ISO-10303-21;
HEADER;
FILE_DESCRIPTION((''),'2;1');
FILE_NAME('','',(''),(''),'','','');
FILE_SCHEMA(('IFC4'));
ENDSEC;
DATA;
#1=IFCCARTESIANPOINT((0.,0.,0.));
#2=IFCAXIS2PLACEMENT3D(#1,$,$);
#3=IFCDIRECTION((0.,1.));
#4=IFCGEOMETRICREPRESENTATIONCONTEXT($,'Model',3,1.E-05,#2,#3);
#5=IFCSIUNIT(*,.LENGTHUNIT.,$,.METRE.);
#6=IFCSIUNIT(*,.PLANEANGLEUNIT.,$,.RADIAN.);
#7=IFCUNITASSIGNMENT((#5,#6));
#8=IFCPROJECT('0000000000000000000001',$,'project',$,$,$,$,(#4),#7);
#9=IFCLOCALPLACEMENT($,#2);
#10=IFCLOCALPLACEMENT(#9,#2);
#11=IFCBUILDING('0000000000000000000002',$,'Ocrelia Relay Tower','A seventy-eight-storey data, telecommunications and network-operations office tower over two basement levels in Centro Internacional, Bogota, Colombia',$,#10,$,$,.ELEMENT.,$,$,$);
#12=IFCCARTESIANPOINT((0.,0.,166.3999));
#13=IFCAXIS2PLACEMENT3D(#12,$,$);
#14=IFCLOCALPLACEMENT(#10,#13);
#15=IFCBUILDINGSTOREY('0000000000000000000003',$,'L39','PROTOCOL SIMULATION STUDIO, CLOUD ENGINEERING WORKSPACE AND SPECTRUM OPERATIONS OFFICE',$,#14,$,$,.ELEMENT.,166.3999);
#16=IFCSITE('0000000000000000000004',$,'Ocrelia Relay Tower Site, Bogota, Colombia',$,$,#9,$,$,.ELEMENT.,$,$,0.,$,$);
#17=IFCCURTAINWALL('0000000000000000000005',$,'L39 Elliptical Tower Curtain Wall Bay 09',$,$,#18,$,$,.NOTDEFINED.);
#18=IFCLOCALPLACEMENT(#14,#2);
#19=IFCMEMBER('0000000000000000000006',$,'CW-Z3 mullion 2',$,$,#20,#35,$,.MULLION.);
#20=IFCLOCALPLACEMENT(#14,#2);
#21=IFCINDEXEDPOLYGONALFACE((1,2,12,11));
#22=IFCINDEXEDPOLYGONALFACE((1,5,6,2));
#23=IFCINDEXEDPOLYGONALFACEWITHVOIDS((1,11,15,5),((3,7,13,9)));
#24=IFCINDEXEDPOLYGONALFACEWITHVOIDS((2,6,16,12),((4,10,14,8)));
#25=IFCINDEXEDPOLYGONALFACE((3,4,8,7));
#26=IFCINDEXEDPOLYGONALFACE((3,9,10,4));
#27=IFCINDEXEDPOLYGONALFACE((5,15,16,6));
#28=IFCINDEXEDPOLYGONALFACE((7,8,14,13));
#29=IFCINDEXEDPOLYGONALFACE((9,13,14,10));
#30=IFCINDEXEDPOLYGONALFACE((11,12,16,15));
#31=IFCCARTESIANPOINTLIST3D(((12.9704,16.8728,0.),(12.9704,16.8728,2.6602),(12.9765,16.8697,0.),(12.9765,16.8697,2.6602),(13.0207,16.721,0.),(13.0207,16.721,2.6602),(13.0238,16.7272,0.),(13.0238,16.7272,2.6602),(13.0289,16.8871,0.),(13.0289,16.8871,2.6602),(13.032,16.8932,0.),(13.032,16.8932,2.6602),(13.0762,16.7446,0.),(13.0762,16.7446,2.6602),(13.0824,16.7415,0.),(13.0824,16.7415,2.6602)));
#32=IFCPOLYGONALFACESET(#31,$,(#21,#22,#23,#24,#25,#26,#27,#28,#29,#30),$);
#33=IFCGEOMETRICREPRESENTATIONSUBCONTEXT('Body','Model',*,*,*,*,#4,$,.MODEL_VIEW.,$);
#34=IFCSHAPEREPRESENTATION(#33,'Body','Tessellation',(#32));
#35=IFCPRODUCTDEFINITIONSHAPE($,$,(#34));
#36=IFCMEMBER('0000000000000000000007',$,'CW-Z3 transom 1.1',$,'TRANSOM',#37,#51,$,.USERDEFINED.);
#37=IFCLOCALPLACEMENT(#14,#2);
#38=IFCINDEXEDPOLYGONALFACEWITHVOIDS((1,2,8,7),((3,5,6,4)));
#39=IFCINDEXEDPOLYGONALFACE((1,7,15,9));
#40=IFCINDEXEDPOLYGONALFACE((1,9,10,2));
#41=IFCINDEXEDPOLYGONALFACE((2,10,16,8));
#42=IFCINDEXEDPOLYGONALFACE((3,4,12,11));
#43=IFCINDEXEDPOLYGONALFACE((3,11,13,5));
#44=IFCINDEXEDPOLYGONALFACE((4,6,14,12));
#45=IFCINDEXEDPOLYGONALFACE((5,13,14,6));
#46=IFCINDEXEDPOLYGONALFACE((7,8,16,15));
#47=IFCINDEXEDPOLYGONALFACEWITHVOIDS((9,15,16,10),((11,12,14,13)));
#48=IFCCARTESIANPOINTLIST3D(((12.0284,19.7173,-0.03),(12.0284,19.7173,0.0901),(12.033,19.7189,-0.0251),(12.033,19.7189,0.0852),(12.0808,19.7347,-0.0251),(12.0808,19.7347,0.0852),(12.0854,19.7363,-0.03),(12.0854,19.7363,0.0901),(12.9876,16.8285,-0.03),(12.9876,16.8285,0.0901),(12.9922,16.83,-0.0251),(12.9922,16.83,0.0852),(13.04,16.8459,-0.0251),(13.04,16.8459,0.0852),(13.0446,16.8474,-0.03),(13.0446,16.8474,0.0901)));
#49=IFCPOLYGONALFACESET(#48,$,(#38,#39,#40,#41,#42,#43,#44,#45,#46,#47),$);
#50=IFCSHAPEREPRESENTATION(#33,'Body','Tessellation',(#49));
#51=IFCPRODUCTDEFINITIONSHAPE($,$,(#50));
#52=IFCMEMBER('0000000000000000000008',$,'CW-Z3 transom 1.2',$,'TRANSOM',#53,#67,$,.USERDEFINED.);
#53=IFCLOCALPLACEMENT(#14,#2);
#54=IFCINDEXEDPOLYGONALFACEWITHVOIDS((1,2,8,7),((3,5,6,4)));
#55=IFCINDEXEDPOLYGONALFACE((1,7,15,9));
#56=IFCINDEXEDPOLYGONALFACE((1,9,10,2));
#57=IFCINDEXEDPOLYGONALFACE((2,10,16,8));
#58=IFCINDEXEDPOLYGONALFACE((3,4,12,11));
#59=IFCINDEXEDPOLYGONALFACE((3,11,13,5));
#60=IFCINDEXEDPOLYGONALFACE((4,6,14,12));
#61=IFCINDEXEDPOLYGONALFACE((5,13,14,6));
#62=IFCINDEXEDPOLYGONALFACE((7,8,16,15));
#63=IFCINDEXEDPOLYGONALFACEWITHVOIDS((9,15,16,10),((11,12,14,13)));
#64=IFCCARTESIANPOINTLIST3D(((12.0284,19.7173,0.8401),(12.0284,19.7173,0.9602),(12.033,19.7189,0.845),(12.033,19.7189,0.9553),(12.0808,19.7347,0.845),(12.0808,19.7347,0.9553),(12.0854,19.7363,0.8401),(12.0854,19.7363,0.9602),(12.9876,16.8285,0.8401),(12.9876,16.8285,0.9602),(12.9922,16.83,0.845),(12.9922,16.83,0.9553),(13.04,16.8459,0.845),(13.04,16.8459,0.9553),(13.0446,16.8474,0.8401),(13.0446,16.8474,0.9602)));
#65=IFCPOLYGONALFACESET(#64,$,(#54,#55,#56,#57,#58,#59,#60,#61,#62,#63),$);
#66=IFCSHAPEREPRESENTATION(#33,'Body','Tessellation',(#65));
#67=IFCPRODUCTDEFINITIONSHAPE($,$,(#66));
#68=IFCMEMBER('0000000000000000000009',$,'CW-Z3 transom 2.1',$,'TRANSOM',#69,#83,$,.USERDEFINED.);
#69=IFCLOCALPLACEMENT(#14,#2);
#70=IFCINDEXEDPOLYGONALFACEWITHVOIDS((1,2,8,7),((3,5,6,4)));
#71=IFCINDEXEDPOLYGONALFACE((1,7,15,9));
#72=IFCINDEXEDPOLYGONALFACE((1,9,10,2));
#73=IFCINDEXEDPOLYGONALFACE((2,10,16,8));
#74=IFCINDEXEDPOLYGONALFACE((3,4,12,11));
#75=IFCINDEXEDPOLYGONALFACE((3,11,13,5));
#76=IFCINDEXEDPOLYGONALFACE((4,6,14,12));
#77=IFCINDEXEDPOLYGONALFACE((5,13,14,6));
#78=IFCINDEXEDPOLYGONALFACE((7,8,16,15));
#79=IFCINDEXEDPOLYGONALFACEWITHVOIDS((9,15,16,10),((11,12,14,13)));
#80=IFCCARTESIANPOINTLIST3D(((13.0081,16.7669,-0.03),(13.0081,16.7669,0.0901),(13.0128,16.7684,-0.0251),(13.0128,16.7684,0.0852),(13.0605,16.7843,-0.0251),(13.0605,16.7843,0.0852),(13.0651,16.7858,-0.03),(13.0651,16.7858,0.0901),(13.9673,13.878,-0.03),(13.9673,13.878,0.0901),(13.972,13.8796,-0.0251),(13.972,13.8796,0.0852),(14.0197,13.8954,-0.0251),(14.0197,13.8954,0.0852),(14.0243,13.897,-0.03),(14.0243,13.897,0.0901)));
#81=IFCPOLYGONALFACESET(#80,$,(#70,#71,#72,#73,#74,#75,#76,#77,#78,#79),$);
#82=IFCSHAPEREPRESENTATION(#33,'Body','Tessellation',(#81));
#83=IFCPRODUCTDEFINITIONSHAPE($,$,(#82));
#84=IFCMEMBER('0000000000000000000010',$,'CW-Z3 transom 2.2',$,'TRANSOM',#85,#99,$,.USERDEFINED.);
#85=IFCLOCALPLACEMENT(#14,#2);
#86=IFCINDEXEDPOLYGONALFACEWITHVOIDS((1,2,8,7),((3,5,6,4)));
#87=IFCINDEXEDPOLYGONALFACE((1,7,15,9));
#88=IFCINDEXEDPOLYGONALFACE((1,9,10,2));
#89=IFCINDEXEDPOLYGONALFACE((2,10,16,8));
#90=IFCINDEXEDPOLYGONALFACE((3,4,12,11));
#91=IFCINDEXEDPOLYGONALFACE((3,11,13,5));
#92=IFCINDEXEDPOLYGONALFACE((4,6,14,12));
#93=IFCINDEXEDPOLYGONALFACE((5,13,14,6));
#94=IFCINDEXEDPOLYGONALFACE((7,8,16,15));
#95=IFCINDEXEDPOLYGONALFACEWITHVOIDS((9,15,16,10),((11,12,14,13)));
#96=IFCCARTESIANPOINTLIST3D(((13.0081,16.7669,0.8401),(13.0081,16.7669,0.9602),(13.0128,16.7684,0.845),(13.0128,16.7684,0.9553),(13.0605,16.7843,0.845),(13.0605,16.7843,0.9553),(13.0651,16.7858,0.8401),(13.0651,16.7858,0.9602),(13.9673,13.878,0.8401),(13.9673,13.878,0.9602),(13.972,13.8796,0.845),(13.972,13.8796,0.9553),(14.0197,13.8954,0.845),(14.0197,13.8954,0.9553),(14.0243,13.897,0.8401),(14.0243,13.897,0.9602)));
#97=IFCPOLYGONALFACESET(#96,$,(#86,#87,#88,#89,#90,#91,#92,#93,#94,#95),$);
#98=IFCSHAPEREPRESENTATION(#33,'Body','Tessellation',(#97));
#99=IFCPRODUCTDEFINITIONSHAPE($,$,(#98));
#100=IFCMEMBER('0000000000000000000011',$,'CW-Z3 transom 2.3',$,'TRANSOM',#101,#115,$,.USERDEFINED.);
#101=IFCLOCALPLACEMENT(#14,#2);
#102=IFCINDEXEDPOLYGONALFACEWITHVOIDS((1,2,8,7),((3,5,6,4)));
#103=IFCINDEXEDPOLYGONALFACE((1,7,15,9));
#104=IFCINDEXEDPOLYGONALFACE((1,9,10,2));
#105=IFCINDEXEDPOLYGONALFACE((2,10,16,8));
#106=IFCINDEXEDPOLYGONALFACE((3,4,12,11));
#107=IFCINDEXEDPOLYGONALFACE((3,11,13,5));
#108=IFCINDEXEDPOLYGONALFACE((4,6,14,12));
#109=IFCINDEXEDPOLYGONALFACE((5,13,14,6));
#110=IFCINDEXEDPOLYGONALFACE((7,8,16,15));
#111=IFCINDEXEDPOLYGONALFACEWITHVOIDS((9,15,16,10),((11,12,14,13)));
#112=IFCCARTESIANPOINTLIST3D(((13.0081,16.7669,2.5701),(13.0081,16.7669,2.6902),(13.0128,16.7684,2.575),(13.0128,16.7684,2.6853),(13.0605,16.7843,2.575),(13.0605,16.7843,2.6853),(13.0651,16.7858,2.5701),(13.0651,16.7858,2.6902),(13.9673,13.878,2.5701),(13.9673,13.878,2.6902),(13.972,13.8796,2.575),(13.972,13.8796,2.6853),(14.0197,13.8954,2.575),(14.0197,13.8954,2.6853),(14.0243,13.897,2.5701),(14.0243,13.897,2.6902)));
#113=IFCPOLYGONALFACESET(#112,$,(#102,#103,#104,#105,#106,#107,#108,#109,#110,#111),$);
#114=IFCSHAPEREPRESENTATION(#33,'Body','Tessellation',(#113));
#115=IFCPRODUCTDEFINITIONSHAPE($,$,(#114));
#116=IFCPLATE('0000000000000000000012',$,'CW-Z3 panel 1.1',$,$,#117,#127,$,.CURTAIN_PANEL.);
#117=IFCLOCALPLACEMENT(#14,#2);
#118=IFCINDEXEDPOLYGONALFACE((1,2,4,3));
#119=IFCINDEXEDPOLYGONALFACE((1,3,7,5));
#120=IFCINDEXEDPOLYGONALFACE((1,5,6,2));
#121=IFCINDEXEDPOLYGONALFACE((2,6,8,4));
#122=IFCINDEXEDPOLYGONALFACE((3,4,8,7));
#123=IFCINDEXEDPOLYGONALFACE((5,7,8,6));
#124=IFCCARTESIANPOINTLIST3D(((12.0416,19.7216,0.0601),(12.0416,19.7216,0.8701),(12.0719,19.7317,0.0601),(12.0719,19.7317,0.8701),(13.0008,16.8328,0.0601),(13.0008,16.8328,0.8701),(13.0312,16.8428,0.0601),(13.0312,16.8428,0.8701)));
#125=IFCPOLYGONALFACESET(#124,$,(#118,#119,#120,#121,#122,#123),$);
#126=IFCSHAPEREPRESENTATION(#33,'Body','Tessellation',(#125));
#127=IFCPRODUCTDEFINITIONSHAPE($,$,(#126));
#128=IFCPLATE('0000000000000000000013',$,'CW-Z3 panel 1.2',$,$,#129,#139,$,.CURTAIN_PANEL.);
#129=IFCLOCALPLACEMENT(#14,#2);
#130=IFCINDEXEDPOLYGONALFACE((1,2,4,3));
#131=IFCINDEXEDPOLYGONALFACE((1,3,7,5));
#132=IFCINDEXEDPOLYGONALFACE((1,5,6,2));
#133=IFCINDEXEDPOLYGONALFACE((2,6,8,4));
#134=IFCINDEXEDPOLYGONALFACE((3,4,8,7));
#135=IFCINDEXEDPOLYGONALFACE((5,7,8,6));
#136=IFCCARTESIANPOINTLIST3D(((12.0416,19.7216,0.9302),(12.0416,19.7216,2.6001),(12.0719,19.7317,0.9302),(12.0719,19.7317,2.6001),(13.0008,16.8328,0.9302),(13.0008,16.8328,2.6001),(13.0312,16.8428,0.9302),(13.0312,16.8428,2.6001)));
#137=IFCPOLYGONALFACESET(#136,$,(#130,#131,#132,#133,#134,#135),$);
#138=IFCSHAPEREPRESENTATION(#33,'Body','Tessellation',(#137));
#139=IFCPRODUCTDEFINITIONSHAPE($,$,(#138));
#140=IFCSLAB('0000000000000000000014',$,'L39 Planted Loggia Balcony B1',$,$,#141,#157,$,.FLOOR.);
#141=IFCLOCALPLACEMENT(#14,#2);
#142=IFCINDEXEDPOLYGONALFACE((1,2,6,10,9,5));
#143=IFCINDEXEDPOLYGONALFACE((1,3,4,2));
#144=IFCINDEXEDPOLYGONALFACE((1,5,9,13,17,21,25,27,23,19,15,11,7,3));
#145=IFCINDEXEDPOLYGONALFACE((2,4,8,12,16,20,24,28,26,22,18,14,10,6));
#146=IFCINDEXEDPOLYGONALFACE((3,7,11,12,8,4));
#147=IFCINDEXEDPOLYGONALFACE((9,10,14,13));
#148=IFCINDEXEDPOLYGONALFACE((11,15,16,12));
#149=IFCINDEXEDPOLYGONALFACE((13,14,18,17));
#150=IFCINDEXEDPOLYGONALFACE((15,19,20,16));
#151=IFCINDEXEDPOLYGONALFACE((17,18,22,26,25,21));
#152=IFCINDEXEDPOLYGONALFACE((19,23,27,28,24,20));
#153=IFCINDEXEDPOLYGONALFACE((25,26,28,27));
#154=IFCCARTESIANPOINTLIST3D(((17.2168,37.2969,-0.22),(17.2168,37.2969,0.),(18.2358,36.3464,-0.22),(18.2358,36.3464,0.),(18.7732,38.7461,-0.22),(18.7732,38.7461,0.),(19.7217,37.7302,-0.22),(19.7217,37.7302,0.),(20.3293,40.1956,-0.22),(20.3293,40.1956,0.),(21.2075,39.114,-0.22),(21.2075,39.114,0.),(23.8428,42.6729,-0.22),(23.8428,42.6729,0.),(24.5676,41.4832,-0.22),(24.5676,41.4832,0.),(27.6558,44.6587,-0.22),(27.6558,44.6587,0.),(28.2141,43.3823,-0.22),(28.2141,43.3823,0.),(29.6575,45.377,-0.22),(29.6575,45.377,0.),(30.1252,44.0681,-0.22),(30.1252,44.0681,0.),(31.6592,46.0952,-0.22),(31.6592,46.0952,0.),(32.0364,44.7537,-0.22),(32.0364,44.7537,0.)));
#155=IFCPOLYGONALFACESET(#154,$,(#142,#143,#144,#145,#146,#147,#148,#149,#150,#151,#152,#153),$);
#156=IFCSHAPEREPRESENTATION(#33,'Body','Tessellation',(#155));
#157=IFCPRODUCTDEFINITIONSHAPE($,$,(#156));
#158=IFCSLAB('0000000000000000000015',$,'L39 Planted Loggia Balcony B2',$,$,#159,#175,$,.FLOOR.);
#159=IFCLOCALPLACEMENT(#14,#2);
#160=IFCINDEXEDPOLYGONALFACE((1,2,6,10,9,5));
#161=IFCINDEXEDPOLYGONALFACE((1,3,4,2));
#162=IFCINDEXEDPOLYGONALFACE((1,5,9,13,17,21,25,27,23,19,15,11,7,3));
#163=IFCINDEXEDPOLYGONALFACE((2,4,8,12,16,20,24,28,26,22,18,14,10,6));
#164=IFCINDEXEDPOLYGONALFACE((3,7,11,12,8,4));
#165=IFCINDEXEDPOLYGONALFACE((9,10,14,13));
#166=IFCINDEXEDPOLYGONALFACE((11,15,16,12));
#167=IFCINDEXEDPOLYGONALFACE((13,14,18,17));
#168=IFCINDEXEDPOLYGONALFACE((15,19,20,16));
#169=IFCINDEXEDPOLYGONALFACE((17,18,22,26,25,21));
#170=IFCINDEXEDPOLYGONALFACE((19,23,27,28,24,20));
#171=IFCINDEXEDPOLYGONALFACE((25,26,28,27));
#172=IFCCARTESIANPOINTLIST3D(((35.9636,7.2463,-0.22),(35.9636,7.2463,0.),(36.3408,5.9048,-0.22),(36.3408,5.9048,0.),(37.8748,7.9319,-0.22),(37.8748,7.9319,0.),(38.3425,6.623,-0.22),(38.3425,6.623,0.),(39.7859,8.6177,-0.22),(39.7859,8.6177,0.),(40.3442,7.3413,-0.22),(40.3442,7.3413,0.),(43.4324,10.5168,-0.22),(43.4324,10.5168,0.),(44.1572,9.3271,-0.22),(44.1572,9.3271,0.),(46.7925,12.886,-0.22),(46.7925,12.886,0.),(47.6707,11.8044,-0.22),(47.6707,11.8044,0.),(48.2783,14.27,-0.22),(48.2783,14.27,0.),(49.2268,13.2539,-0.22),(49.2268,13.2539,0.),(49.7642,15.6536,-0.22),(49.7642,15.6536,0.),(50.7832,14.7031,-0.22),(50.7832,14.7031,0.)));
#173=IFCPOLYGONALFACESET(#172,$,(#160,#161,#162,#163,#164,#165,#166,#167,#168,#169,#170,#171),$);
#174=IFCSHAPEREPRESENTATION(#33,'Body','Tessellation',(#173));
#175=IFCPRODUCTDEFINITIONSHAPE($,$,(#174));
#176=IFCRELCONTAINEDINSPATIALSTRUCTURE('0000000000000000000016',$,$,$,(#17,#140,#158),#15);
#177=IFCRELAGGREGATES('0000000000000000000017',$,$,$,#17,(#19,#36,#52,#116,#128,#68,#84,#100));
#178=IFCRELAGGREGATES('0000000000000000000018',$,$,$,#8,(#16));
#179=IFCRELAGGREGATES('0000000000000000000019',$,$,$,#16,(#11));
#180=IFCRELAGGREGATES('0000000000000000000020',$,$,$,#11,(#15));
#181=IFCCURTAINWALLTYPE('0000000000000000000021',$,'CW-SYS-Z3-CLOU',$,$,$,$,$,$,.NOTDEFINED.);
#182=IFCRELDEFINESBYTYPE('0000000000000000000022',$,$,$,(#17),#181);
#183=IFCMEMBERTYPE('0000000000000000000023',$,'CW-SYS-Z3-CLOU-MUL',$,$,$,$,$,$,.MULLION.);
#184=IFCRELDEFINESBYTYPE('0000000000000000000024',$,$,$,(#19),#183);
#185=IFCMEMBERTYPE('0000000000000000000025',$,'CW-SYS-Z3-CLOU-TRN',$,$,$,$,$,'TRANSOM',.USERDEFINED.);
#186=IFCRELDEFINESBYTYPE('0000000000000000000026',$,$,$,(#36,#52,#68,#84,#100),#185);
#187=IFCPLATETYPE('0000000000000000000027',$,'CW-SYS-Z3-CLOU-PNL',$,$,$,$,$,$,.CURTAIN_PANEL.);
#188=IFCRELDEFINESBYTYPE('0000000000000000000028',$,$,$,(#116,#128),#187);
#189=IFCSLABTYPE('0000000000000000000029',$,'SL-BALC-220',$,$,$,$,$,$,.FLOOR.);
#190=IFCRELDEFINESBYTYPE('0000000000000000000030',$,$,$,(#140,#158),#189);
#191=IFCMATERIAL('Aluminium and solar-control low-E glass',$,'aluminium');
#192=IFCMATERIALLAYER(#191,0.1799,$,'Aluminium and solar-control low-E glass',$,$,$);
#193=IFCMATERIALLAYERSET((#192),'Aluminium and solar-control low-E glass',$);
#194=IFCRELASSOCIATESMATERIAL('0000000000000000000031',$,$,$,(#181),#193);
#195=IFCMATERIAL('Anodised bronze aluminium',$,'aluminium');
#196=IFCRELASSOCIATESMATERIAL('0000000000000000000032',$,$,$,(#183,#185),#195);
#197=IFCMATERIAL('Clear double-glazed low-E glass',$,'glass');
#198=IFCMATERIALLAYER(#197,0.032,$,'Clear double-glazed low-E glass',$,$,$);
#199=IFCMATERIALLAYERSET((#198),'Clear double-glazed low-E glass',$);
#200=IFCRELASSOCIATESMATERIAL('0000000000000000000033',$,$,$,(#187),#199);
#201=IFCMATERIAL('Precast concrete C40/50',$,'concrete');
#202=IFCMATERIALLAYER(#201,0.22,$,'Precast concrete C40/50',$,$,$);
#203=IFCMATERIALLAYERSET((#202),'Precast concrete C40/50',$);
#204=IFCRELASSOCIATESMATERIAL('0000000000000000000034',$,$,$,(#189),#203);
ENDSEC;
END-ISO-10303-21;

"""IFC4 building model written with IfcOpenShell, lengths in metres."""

from ifc_helpers import new_model, si_unit, direction, frame, origin, origin_2d, place, context, subcontext, project, spatial, polyline, rectangle, hollow_rectangle, outline, extrude, material, layer, layer_set, material_profile, profile_set, type_object, element, aggregate, save


model = new_model("IFC4")

# Units and contexts
model_context = context("Model", 3, precision=1e-05, world=origin(), true_north=direction((0.0, 1.0)))
body_context = subcontext(model_context, "Body", "Model", "MODEL_VIEW")
ifc_project = project(units=[si_unit("LENGTHUNIT", "METRE"), si_unit("PLANEANGLEUNIT", "RADIAN")], contexts=[model_context])

# Site, building, storey
site_placement = place(None, origin())
site = spatial("IfcSite", under=ifc_project, at=site_placement, Name="Ocrelia Relay Tower Site, Bogota, Colombia", CompositionType="ELEMENT", RefElevation=0.0)
building_placement = place(site_placement, origin())
building = spatial("IfcBuilding", under=site, at=building_placement, Name="Ocrelia Relay Tower", Description="A seventy-eight-storey data, telecommunications and network-operations office tower over two basement levels in Centro Internacional, Bogota, Colombia", CompositionType="ELEMENT")
storey_placement = place(building_placement, frame((0.0, 0.0, 166.3999)))
storey = spatial("IfcBuildingStorey", under=building, at=storey_placement, Name="L39", Description="PROTOCOL SIMULATION STUDIO, CLOUD ENGINEERING WORKSPACE AND SPECTRUM OPERATIONS OFFICE", CompositionType="ELEMENT", Elevation=166.3999)

# Curtain wall, members, plates
ifc_material_1 = material(Name="Aluminium and solar-control low-E glass", Category="aluminium")
ifc_layer_1 = layer(ifc_material_1, 0.1799, Name="Aluminium and solar-control low-E glass")
ifc_layer_set_1 = layer_set([ifc_layer_1], Name="Aluminium and solar-control low-E glass")
curtain_wall_type = type_object("IfcCurtainWallType", Name="CW-SYS-Z3-CLOU", PredefinedType="NOTDEFINED", material=ifc_layer_set_1)
curtain_wall_placement = place(storey_placement, origin())
curtain_wall = element("IfcCurtainWall", 1, at=curtain_wall_placement, inside=storey, type_object=curtain_wall_type, Name="L39 Elliptical Tower Curtain Wall Bay 09", PredefinedType="NOTDEFINED")
ifc_material_2 = material(Name="Anodised bronze aluminium", Category="aluminium")
ifc_material_profile_1 = material_profile(ifc_material_2, hollow_rectangle(XDim=0.0649, YDim=0.1599, WallThickness=0.0049, at=origin_2d()), Name="CW-MUL-160x65")
ifc_profile_set_1 = profile_set([ifc_material_profile_1], Name="Anodised bronze aluminium")
member_type_1 = type_object("IfcMemberType", Name="CW-SYS-Z3-CLOU-MUL", PredefinedType="MULLION", material=ifc_profile_set_1)
member_1_placement = place(storey_placement, frame((13.0264, 16.8071, 0.0), z_axis=(0.0, 0.0, 1.0), x_axis=(0.949042, 0.315148, 0.0)))
member_1 = element("IfcMember", 2, at=member_1_placement, type_object=member_type_1, Name="CW-Z3 mullion 2", PredefinedType="MULLION", context=body_context, shape_type="SweptSolid", body=[
    extrude(hollow_rectangle(XDim=0.0649, YDim=0.1599, WallThickness=0.0049, at=origin_2d()), origin(), (0.0, 0.0, 1.0), 2.6602),
])
ifc_material_profile_2 = material_profile(ifc_material_2, hollow_rectangle(XDim=0.0601, YDim=0.1201, WallThickness=0.0049, at=origin_2d()), Name="CW-TRN-120x60")
ifc_profile_set_2 = profile_set([ifc_material_profile_2], Name="Anodised bronze aluminium")
member_type_2 = type_object("IfcMemberType", Name="CW-SYS-Z3-CLOU-TRN", ElementType="TRANSOM", PredefinedType="USERDEFINED", material=ifc_profile_set_2)
member_2_placement = place(storey_placement, frame((12.0569, 19.7268, 0.03), z_axis=(0.315121, -0.949052, 0.0), x_axis=(0.949052, 0.315121, 0.0)))
member_2 = element("IfcMember", 3, at=member_2_placement, type_object=member_type_2, Name="CW-Z3 transom 1.1", ObjectType="TRANSOM", PredefinedType="USERDEFINED", context=body_context, shape_type="SweptSolid", body=[
    extrude(hollow_rectangle(XDim=0.0601, YDim=0.1201, WallThickness=0.0049, at=origin_2d()), origin(), (0.0, 0.0, 1.0), 3.0439),
])
member_3_placement = place(storey_placement, frame((12.0569, 19.7268, 0.9001), z_axis=(0.315121, -0.949052, 0.0), x_axis=(0.949052, 0.315121, 0.0)))
member_3 = element("IfcMember", 4, at=member_3_placement, type_object=member_type_2, Name="CW-Z3 transom 1.2", ObjectType="TRANSOM", PredefinedType="USERDEFINED", context=body_context, shape_type="SweptSolid", body=[
    extrude(hollow_rectangle(XDim=0.0601, YDim=0.1201, WallThickness=0.0049, at=origin_2d()), origin(), (0.0, 0.0, 1.0), 3.0439),
])
member_4_placement = place(storey_placement, frame((13.0366, 16.7764, 0.03), z_axis=(0.315121, -0.949052, 0.0), x_axis=(0.949052, 0.315121, 0.0)))
member_4 = element("IfcMember", 5, at=member_4_placement, type_object=member_type_2, Name="CW-Z3 transom 2.1", ObjectType="TRANSOM", PredefinedType="USERDEFINED", context=body_context, shape_type="SweptSolid", body=[
    extrude(hollow_rectangle(XDim=0.0601, YDim=0.1201, WallThickness=0.0049, at=origin_2d()), origin(), (0.0, 0.0, 1.0), 3.0439),
])
member_5_placement = place(storey_placement, frame((13.0366, 16.7764, 0.9001), z_axis=(0.315121, -0.949052, 0.0), x_axis=(0.949052, 0.315121, 0.0)))
member_5 = element("IfcMember", 6, at=member_5_placement, type_object=member_type_2, Name="CW-Z3 transom 2.2", ObjectType="TRANSOM", PredefinedType="USERDEFINED", context=body_context, shape_type="SweptSolid", body=[
    extrude(hollow_rectangle(XDim=0.0601, YDim=0.1201, WallThickness=0.0049, at=origin_2d()), origin(), (0.0, 0.0, 1.0), 3.0439),
])
member_6_placement = place(storey_placement, frame((13.0366, 16.7764, 2.6301), z_axis=(0.315121, -0.949052, 0.0), x_axis=(0.949052, 0.315121, 0.0)))
member_6 = element("IfcMember", 7, at=member_6_placement, type_object=member_type_2, Name="CW-Z3 transom 2.3", ObjectType="TRANSOM", PredefinedType="USERDEFINED", context=body_context, shape_type="SweptSolid", body=[
    extrude(hollow_rectangle(XDim=0.0601, YDim=0.1201, WallThickness=0.0049, at=origin_2d()), origin(), (0.0, 0.0, 1.0), 3.0439),
])
ifc_material_3 = material(Name="Clear double-glazed low-E glass", Category="glass")
ifc_layer_2 = layer(ifc_material_3, 0.032, Name="Clear double-glazed low-E glass")
ifc_layer_set_2 = layer_set([ifc_layer_2], Name="Clear double-glazed low-E glass")
plate_type = type_object("IfcPlateType", Name="CW-SYS-Z3-CLOU-PNL", PredefinedType="CURTAIN_PANEL", material=ifc_layer_set_2)
plate_1_placement = place(storey_placement, frame((12.5364, 18.2822, 0.0601), z_axis=(0.0, 0.0, 1.0), x_axis=(0.315148, -0.949042, 0.0)))
plate_1 = element("IfcPlate", 8, at=plate_1_placement, type_object=plate_type, Name="CW-Z3 panel 1.1", PredefinedType="CURTAIN_PANEL", context=body_context, shape_type="SweptSolid", body=[
    extrude(rectangle(XDim=3.0439, YDim=0.032, at=origin_2d()), origin(), (0.0, 0.0, 1.0), 0.8101),
])
plate_2_placement = place(storey_placement, frame((12.5364, 18.2822, 0.9302), z_axis=(0.0, 0.0, 1.0), x_axis=(0.315148, -0.949042, 0.0)))
plate_2 = element("IfcPlate", 9, at=plate_2_placement, type_object=plate_type, Name="CW-Z3 panel 1.2", PredefinedType="CURTAIN_PANEL", context=body_context, shape_type="SweptSolid", body=[
    extrude(rectangle(XDim=3.0439, YDim=0.032, at=origin_2d()), origin(), (0.0, 0.0, 1.0), 1.6699),
])
aggregate(curtain_wall, [member_1, member_2, member_3, plate_1, plate_2, member_4, member_5, member_6])

# Slabs
ifc_material_4 = material(Name="Precast concrete C40/50", Category="concrete")
ifc_layer_3 = layer(ifc_material_4, 0.22, Name="Precast concrete C40/50")
ifc_layer_set_3 = layer_set([ifc_layer_3], Name="Precast concrete C40/50")
slab_type_1 = type_object("IfcSlabType", Name="SL-BALC-220", PredefinedType="FLOOR", material=ifc_layer_set_3)
slab_1_placement = place(storey_placement, frame((0.0, 0.0, -0.22)))
element("IfcSlab", 10, at=slab_1_placement, inside=storey, type_object=slab_type_1, Name="L39 Planted Loggia Balcony B1", PredefinedType="FLOOR", context=body_context, shape_type="SweptSolid", body=[
    extrude(outline(polyline([(32.0364, 44.7537), (30.1252, 44.0681), (28.2141, 43.3823), (24.5676, 41.4832), (21.2075, 39.114), (19.7217, 37.7302), (18.2358, 36.3464), (17.2168, 37.2969), (18.7732, 38.7461), (20.3293, 40.1956), (23.8428, 42.6729), (27.6558, 44.6587), (29.6575, 45.377), (31.6592, 46.0952), (32.0364, 44.7537)])), origin(), (0.0, 0.0, 1.0), 0.22),
])
slab_2_placement = place(storey_placement, frame((0.0, 0.0, -0.22)))
element("IfcSlab", 11, at=slab_2_placement, inside=storey, type_object=slab_type_1, Name="L39 Planted Loggia Balcony B2", PredefinedType="FLOOR", context=body_context, shape_type="SweptSolid", body=[
    extrude(outline(polyline([(35.9636, 7.2463), (37.8748, 7.9319), (39.7859, 8.6177), (43.4324, 10.5168), (46.7925, 12.886), (48.2783, 14.27), (49.7642, 15.6536), (50.7832, 14.7031), (49.2268, 13.2539), (47.6707, 11.8044), (44.1572, 9.3271), (40.3442, 7.3413), (38.3425, 6.623), (36.3408, 5.9048), (35.9636, 7.2463)])), origin(), (0.0, 0.0, 1.0), 0.22),
])

save(model, "model.ifc")
